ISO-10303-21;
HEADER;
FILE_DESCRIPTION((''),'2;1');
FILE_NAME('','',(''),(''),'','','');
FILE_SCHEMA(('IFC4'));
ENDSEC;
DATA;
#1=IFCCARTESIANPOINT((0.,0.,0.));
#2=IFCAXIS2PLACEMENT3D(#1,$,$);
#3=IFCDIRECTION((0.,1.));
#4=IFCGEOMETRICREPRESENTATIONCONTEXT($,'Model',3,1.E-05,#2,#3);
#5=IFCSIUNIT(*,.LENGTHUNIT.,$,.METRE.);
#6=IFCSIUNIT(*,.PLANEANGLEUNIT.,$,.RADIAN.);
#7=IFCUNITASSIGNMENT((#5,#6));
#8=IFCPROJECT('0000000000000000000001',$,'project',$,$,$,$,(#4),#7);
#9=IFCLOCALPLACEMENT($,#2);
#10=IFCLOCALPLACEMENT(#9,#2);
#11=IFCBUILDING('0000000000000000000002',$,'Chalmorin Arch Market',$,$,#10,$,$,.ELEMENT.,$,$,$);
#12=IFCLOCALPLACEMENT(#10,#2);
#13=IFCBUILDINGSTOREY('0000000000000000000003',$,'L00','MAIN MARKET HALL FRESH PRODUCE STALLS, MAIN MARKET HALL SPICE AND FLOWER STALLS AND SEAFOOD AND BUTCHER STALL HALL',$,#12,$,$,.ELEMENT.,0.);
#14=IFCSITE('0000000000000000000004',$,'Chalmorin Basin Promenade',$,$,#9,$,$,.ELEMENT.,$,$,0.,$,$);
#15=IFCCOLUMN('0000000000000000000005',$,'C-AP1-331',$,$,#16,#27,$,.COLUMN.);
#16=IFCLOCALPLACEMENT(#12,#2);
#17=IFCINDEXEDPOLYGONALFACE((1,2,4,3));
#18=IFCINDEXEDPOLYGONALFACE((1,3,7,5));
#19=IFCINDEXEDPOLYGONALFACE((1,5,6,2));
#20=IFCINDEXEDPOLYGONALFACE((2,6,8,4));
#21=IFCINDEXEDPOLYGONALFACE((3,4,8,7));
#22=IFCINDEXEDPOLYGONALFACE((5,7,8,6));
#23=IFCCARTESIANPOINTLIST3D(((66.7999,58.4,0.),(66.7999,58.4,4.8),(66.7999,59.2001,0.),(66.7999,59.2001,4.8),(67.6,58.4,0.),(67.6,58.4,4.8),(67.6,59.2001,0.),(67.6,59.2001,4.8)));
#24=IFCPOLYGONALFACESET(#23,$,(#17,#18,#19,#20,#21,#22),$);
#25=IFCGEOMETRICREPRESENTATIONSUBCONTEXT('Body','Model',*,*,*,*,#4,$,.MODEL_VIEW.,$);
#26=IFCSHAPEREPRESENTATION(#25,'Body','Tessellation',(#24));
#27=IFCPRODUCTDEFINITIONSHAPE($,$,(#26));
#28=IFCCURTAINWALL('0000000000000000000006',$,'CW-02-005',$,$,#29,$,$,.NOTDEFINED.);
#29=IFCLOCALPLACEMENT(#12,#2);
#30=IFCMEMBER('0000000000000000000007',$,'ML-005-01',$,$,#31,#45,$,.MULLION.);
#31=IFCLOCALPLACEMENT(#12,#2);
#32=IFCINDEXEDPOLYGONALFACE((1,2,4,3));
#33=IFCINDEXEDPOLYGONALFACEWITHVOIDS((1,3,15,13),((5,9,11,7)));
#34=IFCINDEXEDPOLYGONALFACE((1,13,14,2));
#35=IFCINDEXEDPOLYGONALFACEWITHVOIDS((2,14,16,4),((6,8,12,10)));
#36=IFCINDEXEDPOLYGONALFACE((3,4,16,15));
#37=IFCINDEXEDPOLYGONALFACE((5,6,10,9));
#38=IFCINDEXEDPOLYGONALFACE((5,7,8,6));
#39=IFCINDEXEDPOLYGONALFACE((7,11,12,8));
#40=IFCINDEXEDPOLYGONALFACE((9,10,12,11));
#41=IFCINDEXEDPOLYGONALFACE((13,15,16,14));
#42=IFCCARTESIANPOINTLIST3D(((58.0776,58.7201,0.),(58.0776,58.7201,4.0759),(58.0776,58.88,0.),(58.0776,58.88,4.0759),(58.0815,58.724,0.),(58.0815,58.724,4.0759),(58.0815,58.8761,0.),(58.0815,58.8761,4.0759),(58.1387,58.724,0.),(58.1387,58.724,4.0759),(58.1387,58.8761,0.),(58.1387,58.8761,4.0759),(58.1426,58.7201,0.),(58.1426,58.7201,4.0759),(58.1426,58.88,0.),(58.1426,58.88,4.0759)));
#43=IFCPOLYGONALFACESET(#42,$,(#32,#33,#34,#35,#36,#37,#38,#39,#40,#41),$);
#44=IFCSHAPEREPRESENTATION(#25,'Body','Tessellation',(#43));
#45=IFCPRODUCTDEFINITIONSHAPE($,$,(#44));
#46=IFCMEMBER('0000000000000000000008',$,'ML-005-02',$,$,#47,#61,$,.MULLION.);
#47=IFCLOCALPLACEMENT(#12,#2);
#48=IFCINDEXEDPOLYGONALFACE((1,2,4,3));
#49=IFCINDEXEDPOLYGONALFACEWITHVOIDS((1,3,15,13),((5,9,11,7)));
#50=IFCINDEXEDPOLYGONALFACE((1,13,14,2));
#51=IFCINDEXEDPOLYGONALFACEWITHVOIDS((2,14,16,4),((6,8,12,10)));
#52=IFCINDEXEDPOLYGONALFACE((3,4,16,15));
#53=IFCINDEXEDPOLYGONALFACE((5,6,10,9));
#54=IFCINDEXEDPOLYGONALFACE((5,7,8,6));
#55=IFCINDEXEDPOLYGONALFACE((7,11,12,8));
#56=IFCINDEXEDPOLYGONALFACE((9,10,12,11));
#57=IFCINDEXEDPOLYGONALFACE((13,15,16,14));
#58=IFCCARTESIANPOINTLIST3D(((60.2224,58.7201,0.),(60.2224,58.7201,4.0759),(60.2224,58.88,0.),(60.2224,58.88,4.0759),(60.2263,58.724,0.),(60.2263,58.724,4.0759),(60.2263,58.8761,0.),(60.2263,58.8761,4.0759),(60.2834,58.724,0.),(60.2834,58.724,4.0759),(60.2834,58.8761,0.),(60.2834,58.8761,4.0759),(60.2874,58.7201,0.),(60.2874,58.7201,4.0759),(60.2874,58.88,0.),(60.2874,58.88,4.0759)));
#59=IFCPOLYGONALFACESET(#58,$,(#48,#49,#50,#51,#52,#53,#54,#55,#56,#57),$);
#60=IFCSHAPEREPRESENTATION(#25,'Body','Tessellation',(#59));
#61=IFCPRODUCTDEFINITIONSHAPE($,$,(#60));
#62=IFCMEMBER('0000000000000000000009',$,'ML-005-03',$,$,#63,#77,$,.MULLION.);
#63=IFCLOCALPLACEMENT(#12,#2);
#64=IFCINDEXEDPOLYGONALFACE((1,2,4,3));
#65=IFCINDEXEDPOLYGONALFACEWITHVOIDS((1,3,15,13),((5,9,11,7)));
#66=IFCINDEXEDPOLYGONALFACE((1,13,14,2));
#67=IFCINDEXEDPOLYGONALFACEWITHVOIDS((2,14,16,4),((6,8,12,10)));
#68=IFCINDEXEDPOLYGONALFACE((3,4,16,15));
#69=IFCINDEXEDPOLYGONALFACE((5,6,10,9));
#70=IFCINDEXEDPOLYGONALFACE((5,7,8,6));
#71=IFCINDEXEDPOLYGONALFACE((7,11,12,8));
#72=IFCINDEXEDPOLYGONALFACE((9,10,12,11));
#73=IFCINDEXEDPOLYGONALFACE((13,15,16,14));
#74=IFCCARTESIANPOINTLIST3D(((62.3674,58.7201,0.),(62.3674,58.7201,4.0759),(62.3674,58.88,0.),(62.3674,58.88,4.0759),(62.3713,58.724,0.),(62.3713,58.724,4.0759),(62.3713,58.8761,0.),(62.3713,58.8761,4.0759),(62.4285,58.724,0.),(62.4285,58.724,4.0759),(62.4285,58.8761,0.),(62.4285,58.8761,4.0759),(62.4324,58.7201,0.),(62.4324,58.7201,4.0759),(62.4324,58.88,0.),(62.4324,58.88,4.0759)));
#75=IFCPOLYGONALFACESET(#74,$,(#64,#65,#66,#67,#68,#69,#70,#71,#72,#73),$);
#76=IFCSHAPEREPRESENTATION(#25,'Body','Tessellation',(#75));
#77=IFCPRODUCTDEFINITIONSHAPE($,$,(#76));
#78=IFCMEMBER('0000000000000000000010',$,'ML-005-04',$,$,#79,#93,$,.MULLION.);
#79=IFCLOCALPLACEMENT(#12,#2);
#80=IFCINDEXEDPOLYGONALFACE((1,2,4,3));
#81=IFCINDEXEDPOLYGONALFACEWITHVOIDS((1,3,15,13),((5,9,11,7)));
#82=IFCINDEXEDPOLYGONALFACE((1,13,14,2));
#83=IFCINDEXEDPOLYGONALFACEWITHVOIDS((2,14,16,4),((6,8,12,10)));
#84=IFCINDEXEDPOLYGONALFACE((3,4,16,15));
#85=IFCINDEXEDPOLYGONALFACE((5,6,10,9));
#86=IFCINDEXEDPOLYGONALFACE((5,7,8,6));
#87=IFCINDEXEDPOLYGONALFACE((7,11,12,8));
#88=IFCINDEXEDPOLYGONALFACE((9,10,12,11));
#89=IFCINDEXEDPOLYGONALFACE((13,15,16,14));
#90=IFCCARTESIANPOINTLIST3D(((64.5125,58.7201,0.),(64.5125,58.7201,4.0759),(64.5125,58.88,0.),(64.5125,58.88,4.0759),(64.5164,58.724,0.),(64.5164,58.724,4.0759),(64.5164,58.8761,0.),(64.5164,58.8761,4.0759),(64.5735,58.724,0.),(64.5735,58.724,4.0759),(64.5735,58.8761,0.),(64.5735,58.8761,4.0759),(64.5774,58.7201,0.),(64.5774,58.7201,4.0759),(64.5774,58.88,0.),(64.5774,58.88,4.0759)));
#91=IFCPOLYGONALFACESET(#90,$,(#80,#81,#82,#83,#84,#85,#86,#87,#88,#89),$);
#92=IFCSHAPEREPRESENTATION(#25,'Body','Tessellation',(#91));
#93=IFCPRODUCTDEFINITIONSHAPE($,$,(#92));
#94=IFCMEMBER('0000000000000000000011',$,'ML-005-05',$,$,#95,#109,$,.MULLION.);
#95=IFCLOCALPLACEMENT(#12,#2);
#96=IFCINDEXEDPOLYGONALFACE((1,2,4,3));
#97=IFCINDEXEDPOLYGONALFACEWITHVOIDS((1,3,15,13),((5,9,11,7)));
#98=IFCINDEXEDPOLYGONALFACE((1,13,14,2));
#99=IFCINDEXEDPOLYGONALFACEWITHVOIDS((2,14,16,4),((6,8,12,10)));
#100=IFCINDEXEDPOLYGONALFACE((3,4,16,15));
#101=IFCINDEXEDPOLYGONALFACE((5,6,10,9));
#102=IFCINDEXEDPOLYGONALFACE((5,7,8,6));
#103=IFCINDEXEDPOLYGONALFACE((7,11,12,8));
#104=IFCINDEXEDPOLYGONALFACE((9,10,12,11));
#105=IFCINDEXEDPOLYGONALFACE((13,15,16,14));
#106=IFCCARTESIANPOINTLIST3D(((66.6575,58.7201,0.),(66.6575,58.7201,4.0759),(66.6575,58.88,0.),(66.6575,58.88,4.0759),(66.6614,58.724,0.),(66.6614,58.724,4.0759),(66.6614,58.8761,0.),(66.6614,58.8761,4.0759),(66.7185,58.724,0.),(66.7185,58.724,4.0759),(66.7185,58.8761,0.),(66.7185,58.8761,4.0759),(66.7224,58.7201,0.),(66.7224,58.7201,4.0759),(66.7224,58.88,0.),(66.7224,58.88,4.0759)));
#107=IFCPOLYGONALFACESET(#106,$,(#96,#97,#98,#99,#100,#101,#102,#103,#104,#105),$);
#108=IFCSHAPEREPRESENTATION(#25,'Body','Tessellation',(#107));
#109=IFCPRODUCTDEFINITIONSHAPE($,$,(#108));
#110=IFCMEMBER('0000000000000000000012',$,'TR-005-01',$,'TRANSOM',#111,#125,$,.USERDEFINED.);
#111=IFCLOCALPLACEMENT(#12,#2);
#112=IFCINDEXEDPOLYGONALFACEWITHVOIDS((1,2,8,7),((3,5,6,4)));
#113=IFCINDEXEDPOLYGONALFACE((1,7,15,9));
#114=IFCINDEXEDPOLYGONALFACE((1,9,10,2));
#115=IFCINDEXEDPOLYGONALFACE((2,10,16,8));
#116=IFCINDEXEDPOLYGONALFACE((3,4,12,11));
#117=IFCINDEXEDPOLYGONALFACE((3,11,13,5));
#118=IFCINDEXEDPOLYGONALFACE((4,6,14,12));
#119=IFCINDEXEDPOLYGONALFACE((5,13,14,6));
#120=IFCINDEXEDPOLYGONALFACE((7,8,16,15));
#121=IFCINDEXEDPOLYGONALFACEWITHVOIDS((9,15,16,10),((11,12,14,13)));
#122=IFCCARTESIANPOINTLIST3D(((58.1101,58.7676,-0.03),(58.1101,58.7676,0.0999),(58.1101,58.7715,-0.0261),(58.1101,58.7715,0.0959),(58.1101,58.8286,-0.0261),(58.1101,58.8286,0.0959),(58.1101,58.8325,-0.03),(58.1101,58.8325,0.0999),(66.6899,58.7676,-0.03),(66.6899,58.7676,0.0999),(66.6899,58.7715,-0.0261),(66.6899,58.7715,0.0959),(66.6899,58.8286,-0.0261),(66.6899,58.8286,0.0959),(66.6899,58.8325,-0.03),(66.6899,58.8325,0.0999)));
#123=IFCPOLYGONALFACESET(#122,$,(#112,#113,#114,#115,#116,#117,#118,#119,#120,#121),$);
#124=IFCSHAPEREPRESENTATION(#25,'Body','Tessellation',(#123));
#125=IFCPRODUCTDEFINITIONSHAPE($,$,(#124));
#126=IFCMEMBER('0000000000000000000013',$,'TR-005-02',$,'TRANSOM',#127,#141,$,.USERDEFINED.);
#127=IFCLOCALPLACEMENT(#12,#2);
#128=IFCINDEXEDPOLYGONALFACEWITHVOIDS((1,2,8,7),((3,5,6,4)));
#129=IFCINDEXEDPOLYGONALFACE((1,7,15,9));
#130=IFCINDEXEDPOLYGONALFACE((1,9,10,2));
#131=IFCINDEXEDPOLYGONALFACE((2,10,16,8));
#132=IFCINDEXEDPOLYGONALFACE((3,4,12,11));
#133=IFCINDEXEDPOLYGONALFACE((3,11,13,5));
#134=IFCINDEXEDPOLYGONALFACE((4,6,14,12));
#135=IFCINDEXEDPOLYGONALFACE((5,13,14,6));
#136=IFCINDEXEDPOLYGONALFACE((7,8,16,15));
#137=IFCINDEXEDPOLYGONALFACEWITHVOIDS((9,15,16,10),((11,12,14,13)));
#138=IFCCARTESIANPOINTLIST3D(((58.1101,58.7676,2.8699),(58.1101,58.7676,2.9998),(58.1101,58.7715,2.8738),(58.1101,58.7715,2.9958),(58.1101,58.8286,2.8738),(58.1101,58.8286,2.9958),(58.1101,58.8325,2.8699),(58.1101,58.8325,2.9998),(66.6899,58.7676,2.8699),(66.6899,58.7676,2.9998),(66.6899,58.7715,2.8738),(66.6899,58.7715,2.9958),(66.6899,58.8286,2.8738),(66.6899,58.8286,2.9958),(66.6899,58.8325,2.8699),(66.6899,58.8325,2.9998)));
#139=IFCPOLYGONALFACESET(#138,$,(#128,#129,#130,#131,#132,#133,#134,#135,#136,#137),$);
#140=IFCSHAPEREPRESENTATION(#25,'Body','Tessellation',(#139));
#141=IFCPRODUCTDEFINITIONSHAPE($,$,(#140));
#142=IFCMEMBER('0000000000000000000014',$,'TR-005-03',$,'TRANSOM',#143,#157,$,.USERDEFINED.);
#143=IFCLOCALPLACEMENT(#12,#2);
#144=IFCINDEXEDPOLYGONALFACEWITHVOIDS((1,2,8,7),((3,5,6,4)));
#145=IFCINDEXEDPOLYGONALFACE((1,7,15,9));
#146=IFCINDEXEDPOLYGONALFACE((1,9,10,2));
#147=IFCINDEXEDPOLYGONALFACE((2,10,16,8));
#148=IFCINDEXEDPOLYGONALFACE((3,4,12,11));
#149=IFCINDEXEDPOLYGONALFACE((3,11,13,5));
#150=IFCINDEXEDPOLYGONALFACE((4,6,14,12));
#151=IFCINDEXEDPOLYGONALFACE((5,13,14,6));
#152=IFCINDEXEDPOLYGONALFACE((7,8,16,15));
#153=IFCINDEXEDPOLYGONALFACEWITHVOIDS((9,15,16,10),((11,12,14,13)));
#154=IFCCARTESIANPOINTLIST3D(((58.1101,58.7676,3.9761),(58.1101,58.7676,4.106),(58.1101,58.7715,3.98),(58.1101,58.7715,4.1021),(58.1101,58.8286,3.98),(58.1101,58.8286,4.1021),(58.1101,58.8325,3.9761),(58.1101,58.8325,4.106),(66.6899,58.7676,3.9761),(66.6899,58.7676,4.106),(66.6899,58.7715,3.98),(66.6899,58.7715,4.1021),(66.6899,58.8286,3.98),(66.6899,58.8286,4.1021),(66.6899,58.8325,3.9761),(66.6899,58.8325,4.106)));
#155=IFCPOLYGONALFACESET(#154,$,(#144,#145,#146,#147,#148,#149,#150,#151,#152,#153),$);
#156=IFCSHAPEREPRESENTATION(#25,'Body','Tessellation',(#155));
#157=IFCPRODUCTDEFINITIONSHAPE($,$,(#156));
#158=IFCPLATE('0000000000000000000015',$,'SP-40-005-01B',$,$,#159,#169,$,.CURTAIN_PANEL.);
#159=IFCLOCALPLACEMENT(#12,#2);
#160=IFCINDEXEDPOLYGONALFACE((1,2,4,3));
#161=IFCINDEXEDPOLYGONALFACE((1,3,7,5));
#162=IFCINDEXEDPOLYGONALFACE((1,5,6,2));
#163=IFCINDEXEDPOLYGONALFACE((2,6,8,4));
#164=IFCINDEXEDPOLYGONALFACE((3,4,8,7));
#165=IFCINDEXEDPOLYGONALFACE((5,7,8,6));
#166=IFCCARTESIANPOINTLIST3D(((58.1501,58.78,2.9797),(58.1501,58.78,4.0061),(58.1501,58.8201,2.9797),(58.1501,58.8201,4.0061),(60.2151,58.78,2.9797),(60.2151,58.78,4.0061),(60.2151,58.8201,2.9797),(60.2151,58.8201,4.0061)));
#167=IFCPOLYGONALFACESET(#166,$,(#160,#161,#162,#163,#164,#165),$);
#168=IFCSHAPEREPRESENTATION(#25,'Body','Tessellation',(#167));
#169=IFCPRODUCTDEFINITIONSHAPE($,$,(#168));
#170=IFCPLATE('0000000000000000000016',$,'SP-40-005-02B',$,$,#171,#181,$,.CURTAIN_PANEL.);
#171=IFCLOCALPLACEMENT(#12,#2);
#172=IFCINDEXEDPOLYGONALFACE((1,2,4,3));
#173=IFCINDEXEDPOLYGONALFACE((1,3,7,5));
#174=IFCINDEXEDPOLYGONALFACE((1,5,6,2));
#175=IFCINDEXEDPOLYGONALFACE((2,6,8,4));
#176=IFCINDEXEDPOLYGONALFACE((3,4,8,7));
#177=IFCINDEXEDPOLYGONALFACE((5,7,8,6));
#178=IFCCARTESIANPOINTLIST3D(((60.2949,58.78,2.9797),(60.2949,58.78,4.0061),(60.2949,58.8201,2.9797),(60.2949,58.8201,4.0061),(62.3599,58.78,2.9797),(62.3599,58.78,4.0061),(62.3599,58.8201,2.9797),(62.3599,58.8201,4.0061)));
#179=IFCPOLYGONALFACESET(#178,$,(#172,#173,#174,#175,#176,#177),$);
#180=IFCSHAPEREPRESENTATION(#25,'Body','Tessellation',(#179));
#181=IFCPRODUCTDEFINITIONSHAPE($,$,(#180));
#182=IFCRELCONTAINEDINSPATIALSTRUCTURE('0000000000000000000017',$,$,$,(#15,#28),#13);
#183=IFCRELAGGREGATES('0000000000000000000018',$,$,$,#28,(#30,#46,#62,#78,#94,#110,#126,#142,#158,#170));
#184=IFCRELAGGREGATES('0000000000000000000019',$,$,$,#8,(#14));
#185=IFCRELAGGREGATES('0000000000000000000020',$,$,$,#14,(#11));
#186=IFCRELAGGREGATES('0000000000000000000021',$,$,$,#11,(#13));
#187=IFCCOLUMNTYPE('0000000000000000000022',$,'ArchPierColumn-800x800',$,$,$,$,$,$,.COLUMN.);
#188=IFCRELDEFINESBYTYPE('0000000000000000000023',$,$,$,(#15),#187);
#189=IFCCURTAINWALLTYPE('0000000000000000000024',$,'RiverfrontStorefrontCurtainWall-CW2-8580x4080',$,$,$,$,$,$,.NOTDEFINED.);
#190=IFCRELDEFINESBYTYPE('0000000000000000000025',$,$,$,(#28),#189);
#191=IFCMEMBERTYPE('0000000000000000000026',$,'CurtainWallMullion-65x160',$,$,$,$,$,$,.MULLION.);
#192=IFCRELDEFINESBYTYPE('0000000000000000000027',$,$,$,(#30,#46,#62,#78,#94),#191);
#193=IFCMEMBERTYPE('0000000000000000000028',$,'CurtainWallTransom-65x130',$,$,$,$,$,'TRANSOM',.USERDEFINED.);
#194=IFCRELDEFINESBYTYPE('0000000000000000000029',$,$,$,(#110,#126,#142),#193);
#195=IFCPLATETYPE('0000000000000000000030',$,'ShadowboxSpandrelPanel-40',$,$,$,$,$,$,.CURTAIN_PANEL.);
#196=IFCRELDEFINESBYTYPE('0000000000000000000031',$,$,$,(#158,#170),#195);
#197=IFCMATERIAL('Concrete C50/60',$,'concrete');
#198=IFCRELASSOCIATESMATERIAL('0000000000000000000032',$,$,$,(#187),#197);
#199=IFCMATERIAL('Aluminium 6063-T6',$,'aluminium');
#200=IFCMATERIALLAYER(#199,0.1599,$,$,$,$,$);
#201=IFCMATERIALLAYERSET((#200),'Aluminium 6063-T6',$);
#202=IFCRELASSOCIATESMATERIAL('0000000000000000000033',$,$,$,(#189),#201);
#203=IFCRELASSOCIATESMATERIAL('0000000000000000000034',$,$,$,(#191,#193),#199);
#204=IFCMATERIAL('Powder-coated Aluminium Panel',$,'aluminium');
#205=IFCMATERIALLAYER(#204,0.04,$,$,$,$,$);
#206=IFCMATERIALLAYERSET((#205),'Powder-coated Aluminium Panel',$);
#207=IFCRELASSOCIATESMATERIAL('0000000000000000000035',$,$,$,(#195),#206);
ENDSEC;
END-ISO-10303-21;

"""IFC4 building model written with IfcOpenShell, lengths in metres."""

from ifc_helpers import new_model, si_unit, direction, frame, origin, origin_2d, place, context, subcontext, project, spatial, rectangle, hollow_rectangle, extrude, material, layer, layer_set, material_profile, profile_set, type_object, element, aggregate, save


model = new_model("IFC4")

# Units and contexts
model_context = context("Model", 3, precision=1e-05, world=origin(), true_north=direction((0.0, 1.0)))
body_context = subcontext(model_context, "Body", "Model", "MODEL_VIEW")
ifc_project = project(units=[si_unit("LENGTHUNIT", "METRE"), si_unit("PLANEANGLEUNIT", "RADIAN")], contexts=[model_context])

# Site, building, storey
site_placement = place(None, origin())
site = spatial("IfcSite", under=ifc_project, at=site_placement, Name="Chalmorin Basin Promenade", CompositionType="ELEMENT", RefElevation=0.0)
building_placement = place(site_placement, origin())
building = spatial("IfcBuilding", under=site, at=building_placement, Name="Chalmorin Arch Market", CompositionType="ELEMENT")
storey_placement = place(building_placement, origin())
storey = spatial("IfcBuildingStorey", under=building, at=storey_placement, Name="L00", Description="MAIN MARKET HALL FRESH PRODUCE STALLS, MAIN MARKET HALL SPICE AND FLOWER STALLS AND SEAFOOD AND BUTCHER STALL HALL", CompositionType="ELEMENT", Elevation=0.0)

# Column
ifc_material_1 = material(Name="Concrete C50/60", Category="concrete")
ifc_material_profile_1 = material_profile(ifc_material_1, rectangle(XDim=0.8, YDim=0.8, at=origin_2d()), Name="RC800X800")
ifc_profile_set_1 = profile_set([ifc_material_profile_1], Name="Concrete C50/60")
column_type = type_object("IfcColumnType", Name="ArchPierColumn-800x800", PredefinedType="COLUMN", material=ifc_profile_set_1)
column_placement = place(storey_placement, frame((67.2, 58.8, 0.0), z_axis=(0.0, 0.0, 1.0), x_axis=(1.0, 0.0, 0.0)))
element("IfcColumn", 1, at=column_placement, inside=storey, type_object=column_type, Name="C-AP1-331", PredefinedType="COLUMN", context=body_context, shape_type="SweptSolid", body=[
    extrude(rectangle(XDim=0.8, YDim=0.8, at=origin_2d()), origin(), (0.0, 0.0, 1.0), 4.8),
])

# Curtain wall, members, plates
ifc_material_2 = material(Name="Aluminium 6063-T6", Category="aluminium")
ifc_layer_1 = layer(ifc_material_2, 0.1599)
ifc_layer_set_1 = layer_set([ifc_layer_1], Name="Aluminium 6063-T6")
curtain_wall_type = type_object("IfcCurtainWallType", Name="RiverfrontStorefrontCurtainWall-CW2-8580x4080", PredefinedType="NOTDEFINED", material=ifc_layer_set_1)
curtain_wall_placement = place(storey_placement, origin())
curtain_wall = element("IfcCurtainWall", 2, at=curtain_wall_placement, inside=storey, type_object=curtain_wall_type, Name="CW-02-005", PredefinedType="NOTDEFINED")
ifc_material_profile_2 = material_profile(ifc_material_2, hollow_rectangle(XDim=0.0649, YDim=0.1599, WallThickness=0.0039, at=origin_2d()), Name="ALU65X160X4")
ifc_profile_set_2 = profile_set([ifc_material_profile_2], Name="Aluminium 6063-T6")
member_type_1 = type_object("IfcMemberType", Name="CurtainWallMullion-65x160", PredefinedType="MULLION", material=ifc_profile_set_2)
member_1_placement = place(storey_placement, frame((58.1101, 58.8, 0.0), z_axis=(0.0, 0.0, 1.0), x_axis=(1.0, 0.0, 0.0)))
member_1 = element("IfcMember", 3, at=member_1_placement, type_object=member_type_1, Name="ML-005-01", PredefinedType="MULLION", context=body_context, shape_type="SweptSolid", body=[
    extrude(hollow_rectangle(XDim=0.0649, YDim=0.1599, WallThickness=0.0039, at=origin_2d()), origin(), (0.0, 0.0, 1.0), 4.0759),
])
member_2_placement = place(storey_placement, frame((60.2549, 58.8, 0.0), z_axis=(0.0, 0.0, 1.0), x_axis=(1.0, 0.0, 0.0)))
member_2 = element("IfcMember", 4, at=member_2_placement, type_object=member_type_1, Name="ML-005-02", PredefinedType="MULLION", context=body_context, shape_type="SweptSolid", body=[
    extrude(hollow_rectangle(XDim=0.0649, YDim=0.1599, WallThickness=0.0039, at=origin_2d()), origin(), (0.0, 0.0, 1.0), 4.0759),
])
member_3_placement = place(storey_placement, frame((62.3999, 58.8, 0.0), z_axis=(0.0, 0.0, 1.0), x_axis=(1.0, 0.0, 0.0)))
member_3 = element("IfcMember", 5, at=member_3_placement, type_object=member_type_1, Name="ML-005-03", PredefinedType="MULLION", context=body_context, shape_type="SweptSolid", body=[
    extrude(hollow_rectangle(XDim=0.0649, YDim=0.1599, WallThickness=0.0039, at=origin_2d()), origin(), (0.0, 0.0, 1.0), 4.0759),
])
member_4_placement = place(storey_placement, frame((64.5449, 58.8, 0.0), z_axis=(0.0, 0.0, 1.0), x_axis=(1.0, 0.0, 0.0)))
member_4 = element("IfcMember", 6, at=member_4_placement, type_object=member_type_1, Name="ML-005-04", PredefinedType="MULLION", context=body_context, shape_type="SweptSolid", body=[
    extrude(hollow_rectangle(XDim=0.0649, YDim=0.1599, WallThickness=0.0039, at=origin_2d()), origin(), (0.0, 0.0, 1.0), 4.0759),
])
member_5_placement = place(storey_placement, frame((66.6899, 58.8, 0.0), z_axis=(0.0, 0.0, 1.0), x_axis=(1.0, 0.0, 0.0)))
member_5 = element("IfcMember", 7, at=member_5_placement, type_object=member_type_1, Name="ML-005-05", PredefinedType="MULLION", context=body_context, shape_type="SweptSolid", body=[
    extrude(hollow_rectangle(XDim=0.0649, YDim=0.1599, WallThickness=0.0039, at=origin_2d()), origin(), (0.0, 0.0, 1.0), 4.0759),
])
ifc_material_profile_3 = material_profile(ifc_material_2, hollow_rectangle(XDim=0.0649, YDim=0.1299, WallThickness=0.0039, at=origin_2d()), Name="ALU65X130X4")
ifc_profile_set_3 = profile_set([ifc_material_profile_3], Name="Aluminium 6063-T6")
member_type_2 = type_object("IfcMemberType", Name="CurtainWallTransom-65x130", ElementType="TRANSOM", PredefinedType="USERDEFINED", material=ifc_profile_set_3)
member_6_placement = place(storey_placement, frame((58.1101, 58.8, 0.0349), z_axis=(1.0, 0.0, 0.0), x_axis=(0.0, 1.0, 0.0)))
member_6 = element("IfcMember", 8, at=member_6_placement, type_object=member_type_2, Name="TR-005-01", ObjectType="TRANSOM", PredefinedType="USERDEFINED", context=body_context, shape_type="SweptSolid", body=[
    extrude(hollow_rectangle(XDim=0.0649, YDim=0.1299, WallThickness=0.0039, at=origin_2d()), origin(), (0.0, 0.0, 1.0), 8.5798),
])
member_7_placement = place(storey_placement, frame((58.1101, 58.8, 2.9348), z_axis=(1.0, 0.0, 0.0), x_axis=(0.0, 1.0, 0.0)))
member_7 = element("IfcMember", 9, at=member_7_placement, type_object=member_type_2, Name="TR-005-02", ObjectType="TRANSOM", PredefinedType="USERDEFINED", context=body_context, shape_type="SweptSolid", body=[
    extrude(hollow_rectangle(XDim=0.0649, YDim=0.1299, WallThickness=0.0039, at=origin_2d()), origin(), (0.0, 0.0, 1.0), 8.5798),
])
member_8_placement = place(storey_placement, frame((58.1101, 58.8, 4.041), z_axis=(1.0, 0.0, 0.0), x_axis=(0.0, 1.0, 0.0)))
member_8 = element("IfcMember", 10, at=member_8_placement, type_object=member_type_2, Name="TR-005-03", ObjectType="TRANSOM", PredefinedType="USERDEFINED", context=body_context, shape_type="SweptSolid", body=[
    extrude(hollow_rectangle(XDim=0.0649, YDim=0.1299, WallThickness=0.0039, at=origin_2d()), origin(), (0.0, 0.0, 1.0), 8.5798),
])
ifc_material_3 = material(Name="Powder-coated Aluminium Panel", Category="aluminium")
ifc_layer_2 = layer(ifc_material_3, 0.04)
ifc_layer_set_2 = layer_set([ifc_layer_2], Name="Powder-coated Aluminium Panel")
plate_type_1 = type_object("IfcPlateType", Name="ShadowboxSpandrelPanel-40", PredefinedType="CURTAIN_PANEL", material=ifc_layer_set_2)
plate_1_placement = place(storey_placement, frame((59.1826, 58.8, 2.9797), z_axis=(0.0, 0.0, 1.0), x_axis=(1.0, 0.0, 0.0)))
plate_1 = element("IfcPlate", 11, at=plate_1_placement, type_object=plate_type_1, Name="SP-40-005-01B", PredefinedType="CURTAIN_PANEL", context=body_context, shape_type="SweptSolid", body=[
    extrude(rectangle(XDim=2.0649, YDim=0.04, at=origin_2d()), origin(), (0.0, 0.0, 1.0), 1.0264),
])
plate_2_placement = place(storey_placement, frame((61.3274, 58.8, 2.9797), z_axis=(0.0, 0.0, 1.0), x_axis=(1.0, 0.0, 0.0)))
plate_2 = element("IfcPlate", 12, at=plate_2_placement, type_object=plate_type_1, Name="SP-40-005-02B", PredefinedType="CURTAIN_PANEL", context=body_context, shape_type="SweptSolid", body=[
    extrude(rectangle(XDim=2.0649, YDim=0.04, at=origin_2d()), origin(), (0.0, 0.0, 1.0), 1.0264),
])
aggregate(curtain_wall, [member_1, member_2, member_3, member_4, member_5, member_6, member_7, member_8, plate_1, plate_2])

save(model, "model.ifc")
